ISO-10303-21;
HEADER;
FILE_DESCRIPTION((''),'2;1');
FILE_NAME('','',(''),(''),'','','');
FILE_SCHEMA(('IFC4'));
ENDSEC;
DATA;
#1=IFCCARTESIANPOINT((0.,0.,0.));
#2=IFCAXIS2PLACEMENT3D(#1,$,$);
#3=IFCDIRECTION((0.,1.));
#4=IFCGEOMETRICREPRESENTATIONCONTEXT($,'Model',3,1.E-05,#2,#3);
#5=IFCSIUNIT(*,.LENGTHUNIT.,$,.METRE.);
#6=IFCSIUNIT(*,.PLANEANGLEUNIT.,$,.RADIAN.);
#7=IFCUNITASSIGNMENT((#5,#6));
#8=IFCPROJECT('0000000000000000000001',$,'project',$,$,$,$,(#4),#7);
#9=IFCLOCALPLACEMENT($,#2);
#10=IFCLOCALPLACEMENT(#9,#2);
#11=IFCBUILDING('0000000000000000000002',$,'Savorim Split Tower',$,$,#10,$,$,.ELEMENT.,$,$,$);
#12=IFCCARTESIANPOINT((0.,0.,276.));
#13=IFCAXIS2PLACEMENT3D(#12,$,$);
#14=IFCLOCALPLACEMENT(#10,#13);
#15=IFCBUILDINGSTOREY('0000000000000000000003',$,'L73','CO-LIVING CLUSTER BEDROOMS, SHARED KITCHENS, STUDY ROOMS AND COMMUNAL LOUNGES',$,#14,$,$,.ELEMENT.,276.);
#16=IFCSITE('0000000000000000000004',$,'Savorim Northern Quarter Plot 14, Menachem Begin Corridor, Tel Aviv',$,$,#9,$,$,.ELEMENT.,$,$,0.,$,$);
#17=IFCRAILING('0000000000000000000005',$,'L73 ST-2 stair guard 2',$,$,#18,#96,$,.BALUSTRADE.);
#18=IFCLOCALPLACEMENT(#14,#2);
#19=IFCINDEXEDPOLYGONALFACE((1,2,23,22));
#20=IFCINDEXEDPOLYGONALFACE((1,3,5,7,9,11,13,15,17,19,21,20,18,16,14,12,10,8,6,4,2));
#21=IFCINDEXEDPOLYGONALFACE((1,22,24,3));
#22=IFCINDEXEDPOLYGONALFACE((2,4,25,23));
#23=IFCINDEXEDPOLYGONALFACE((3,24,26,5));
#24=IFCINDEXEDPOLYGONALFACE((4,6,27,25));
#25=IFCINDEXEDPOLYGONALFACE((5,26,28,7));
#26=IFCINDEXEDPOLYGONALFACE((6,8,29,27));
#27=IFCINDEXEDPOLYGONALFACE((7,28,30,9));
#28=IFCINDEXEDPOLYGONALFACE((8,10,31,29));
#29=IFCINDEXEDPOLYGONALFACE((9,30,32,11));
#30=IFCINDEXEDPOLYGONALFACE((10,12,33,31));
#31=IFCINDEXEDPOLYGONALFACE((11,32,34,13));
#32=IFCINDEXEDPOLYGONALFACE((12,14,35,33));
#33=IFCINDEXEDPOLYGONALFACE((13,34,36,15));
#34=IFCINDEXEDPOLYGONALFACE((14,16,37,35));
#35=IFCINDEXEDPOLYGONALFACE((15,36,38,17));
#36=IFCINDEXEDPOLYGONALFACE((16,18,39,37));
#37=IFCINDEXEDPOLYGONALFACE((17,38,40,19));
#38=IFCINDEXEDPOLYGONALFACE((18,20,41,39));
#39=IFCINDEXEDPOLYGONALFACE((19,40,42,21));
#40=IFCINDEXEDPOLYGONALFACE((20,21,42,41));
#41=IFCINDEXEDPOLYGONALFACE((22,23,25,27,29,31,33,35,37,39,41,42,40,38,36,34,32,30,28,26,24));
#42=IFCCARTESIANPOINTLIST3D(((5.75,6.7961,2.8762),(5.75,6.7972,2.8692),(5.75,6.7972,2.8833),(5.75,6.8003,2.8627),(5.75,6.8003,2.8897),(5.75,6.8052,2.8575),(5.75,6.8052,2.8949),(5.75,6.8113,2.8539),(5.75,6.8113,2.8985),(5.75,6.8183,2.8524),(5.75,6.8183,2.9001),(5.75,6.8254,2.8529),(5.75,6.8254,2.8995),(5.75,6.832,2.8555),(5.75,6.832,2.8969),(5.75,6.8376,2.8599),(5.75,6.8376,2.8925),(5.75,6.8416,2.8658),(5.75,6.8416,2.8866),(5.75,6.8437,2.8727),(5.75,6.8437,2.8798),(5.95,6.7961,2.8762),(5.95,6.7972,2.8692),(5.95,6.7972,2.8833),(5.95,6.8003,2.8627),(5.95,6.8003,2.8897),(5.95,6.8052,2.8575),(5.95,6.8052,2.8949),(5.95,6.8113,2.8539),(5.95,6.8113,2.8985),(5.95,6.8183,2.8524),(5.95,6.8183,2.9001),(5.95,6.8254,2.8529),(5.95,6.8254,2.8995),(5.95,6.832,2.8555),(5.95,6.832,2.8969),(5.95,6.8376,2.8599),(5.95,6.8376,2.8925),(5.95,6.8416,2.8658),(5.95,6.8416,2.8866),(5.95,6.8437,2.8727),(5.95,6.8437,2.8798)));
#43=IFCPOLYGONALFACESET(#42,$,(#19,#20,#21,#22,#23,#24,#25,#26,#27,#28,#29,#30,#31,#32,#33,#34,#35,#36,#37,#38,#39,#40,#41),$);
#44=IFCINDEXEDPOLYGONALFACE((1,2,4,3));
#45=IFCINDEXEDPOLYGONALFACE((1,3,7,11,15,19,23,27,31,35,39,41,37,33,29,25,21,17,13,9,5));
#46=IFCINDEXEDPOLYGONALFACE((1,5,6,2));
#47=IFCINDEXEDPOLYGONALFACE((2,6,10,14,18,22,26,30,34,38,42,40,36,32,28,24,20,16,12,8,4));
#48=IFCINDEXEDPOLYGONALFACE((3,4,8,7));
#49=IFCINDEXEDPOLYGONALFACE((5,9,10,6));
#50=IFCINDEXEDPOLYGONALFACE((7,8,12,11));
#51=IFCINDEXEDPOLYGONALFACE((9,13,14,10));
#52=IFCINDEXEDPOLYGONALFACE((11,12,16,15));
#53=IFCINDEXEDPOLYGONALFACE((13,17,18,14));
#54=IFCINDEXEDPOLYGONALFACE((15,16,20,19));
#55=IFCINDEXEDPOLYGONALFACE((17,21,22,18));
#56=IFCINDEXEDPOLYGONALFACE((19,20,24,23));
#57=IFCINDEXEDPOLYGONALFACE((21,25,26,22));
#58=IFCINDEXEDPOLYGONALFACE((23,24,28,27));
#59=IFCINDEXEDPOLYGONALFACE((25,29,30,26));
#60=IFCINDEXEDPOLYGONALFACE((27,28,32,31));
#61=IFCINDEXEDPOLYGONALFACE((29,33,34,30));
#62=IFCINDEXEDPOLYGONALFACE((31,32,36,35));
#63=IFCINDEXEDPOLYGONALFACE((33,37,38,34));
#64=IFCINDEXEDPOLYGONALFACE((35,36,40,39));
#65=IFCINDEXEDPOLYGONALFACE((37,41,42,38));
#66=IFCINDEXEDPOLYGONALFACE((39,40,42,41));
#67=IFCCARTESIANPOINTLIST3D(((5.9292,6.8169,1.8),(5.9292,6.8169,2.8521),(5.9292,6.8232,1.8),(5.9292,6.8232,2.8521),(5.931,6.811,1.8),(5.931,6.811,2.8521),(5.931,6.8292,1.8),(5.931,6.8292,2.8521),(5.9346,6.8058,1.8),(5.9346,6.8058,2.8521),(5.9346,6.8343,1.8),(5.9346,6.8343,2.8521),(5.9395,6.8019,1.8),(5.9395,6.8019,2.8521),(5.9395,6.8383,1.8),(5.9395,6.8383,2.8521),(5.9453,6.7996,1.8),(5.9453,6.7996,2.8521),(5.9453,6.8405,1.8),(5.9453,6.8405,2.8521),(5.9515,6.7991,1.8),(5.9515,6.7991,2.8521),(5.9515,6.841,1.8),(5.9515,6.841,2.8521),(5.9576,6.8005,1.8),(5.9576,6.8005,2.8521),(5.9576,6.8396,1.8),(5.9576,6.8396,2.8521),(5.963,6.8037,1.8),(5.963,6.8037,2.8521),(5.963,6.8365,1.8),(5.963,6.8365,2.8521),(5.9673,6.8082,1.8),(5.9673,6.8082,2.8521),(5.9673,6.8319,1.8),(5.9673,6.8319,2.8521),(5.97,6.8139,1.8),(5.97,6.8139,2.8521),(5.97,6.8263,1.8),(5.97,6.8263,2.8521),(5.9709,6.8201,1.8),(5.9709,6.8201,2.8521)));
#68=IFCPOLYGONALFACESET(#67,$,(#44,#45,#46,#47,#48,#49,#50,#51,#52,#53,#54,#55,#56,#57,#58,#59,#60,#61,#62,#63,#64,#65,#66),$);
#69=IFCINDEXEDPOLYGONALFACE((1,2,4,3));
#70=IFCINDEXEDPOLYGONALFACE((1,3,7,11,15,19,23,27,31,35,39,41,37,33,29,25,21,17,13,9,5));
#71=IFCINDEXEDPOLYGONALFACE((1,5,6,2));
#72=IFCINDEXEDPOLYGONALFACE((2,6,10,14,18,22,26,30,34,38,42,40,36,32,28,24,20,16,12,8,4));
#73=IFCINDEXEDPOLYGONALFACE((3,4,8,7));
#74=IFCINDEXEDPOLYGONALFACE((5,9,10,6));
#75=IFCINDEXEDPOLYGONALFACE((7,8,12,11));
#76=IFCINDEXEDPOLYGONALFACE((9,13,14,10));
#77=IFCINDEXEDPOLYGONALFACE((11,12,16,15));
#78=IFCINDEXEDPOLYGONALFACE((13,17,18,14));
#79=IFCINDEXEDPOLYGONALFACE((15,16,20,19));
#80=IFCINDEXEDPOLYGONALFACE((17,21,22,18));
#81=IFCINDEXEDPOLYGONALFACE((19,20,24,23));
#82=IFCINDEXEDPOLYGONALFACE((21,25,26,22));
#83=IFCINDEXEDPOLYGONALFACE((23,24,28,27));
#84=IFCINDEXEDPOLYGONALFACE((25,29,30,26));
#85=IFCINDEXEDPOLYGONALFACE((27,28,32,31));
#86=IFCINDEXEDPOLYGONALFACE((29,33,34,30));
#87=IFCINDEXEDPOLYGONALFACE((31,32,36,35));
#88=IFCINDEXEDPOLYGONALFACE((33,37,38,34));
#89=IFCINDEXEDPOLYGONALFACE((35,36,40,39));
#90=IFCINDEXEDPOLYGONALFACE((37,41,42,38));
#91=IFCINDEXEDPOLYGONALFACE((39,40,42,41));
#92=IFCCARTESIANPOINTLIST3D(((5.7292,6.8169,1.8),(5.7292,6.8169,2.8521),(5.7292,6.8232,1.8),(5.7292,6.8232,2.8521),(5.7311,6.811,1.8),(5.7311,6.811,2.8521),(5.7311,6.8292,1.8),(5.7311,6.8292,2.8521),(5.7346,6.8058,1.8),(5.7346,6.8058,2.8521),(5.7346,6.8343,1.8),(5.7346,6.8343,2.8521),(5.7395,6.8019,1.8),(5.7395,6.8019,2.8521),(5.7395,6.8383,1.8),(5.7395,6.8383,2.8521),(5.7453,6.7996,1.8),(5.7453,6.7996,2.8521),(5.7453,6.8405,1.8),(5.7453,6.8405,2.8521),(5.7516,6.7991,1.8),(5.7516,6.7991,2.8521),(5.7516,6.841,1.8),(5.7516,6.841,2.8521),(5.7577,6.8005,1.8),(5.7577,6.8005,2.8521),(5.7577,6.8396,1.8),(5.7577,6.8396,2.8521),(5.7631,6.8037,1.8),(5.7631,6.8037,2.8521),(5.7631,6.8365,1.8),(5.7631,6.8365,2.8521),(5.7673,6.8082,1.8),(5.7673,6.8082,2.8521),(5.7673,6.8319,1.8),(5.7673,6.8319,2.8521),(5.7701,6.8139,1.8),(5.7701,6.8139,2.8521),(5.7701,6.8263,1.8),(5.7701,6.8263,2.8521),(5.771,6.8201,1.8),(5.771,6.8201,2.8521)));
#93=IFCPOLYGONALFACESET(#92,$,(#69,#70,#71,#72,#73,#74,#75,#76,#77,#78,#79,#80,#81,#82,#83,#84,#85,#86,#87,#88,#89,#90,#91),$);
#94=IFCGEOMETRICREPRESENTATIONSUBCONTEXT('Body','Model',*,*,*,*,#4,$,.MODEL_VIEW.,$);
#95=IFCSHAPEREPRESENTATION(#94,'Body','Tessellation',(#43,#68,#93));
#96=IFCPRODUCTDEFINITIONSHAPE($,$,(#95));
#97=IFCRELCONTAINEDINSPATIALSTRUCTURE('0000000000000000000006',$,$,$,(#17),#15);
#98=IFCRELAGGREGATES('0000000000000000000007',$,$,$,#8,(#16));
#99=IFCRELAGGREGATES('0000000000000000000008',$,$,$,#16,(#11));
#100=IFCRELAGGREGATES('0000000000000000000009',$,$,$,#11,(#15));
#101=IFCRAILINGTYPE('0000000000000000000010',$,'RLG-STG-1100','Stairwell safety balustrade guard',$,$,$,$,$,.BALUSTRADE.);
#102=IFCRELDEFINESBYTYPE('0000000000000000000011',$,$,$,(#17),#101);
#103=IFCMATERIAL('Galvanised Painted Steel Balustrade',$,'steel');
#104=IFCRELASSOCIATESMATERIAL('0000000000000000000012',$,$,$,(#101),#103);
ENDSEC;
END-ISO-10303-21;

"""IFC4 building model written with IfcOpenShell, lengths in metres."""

from ifc_helpers import new_model, si_unit, direction, frame, origin, origin_2d, place, context, subcontext, project, spatial, circle, extrude, material, type_object, element, save


model = new_model("IFC4")

# Units and contexts
model_context = context("Model", 3, precision=1e-05, world=origin(), true_north=direction((0.0, 1.0)))
body_context = subcontext(model_context, "Body", "Model", "MODEL_VIEW")
ifc_project = project(units=[si_unit("LENGTHUNIT", "METRE"), si_unit("PLANEANGLEUNIT", "RADIAN")], contexts=[model_context])

# Site, building, storey
site_placement = place(None, origin())
site = spatial("IfcSite", under=ifc_project, at=site_placement, Name="Savorim Northern Quarter Plot 14, Menachem Begin Corridor, Tel Aviv", CompositionType="ELEMENT", RefElevation=0.0)
building_placement = place(site_placement, origin())
building = spatial("IfcBuilding", under=site, at=building_placement, Name="Savorim Split Tower", CompositionType="ELEMENT")
storey_placement = place(building_placement, frame((0.0, 0.0, 276.0)))
storey = spatial("IfcBuildingStorey", under=building, at=storey_placement, Name="L73", Description="CO-LIVING CLUSTER BEDROOMS, SHARED KITCHENS, STUDY ROOMS AND COMMUNAL LOUNGES", CompositionType="ELEMENT", Elevation=276.0)

# Railing
ifc_material_1 = material(Name="Galvanised Painted Steel Balustrade", Category="steel")
railing_type_1 = type_object("IfcRailingType", Name="RLG-STG-1100", Description="Stairwell safety balustrade guard", PredefinedType="BALUSTRADE", material=ifc_material_1)
railing_1_placement = place(storey_placement, frame((5.95, 6.8201, 1.8)))
element("IfcRailing", 1, at=railing_1_placement, inside=storey, type_object=railing_type_1, Name="L73 ST-2 stair guard 2", PredefinedType="BALUSTRADE", context=body_context, shape_type="SweptSolid", body=[
    extrude(circle(Radius=0.0239, at=origin_2d()), frame((0.0, 0.0, 1.0762), z_axis=(-1.0, 0.0, 0.0), x_axis=(0.0, -1.0, 0.0)), (0.0, 0.0, 1.0), 0.2),
    extrude(circle(Radius=0.021, at=origin_2d()), origin(), (0.0, 0.0, 1.0), 1.052),
    extrude(circle(Radius=0.021, at=origin_2d()), frame((-0.2, 0.0, 0.0)), (0.0, 0.0, 1.0), 1.052),
])

save(model, "model.ifc")
